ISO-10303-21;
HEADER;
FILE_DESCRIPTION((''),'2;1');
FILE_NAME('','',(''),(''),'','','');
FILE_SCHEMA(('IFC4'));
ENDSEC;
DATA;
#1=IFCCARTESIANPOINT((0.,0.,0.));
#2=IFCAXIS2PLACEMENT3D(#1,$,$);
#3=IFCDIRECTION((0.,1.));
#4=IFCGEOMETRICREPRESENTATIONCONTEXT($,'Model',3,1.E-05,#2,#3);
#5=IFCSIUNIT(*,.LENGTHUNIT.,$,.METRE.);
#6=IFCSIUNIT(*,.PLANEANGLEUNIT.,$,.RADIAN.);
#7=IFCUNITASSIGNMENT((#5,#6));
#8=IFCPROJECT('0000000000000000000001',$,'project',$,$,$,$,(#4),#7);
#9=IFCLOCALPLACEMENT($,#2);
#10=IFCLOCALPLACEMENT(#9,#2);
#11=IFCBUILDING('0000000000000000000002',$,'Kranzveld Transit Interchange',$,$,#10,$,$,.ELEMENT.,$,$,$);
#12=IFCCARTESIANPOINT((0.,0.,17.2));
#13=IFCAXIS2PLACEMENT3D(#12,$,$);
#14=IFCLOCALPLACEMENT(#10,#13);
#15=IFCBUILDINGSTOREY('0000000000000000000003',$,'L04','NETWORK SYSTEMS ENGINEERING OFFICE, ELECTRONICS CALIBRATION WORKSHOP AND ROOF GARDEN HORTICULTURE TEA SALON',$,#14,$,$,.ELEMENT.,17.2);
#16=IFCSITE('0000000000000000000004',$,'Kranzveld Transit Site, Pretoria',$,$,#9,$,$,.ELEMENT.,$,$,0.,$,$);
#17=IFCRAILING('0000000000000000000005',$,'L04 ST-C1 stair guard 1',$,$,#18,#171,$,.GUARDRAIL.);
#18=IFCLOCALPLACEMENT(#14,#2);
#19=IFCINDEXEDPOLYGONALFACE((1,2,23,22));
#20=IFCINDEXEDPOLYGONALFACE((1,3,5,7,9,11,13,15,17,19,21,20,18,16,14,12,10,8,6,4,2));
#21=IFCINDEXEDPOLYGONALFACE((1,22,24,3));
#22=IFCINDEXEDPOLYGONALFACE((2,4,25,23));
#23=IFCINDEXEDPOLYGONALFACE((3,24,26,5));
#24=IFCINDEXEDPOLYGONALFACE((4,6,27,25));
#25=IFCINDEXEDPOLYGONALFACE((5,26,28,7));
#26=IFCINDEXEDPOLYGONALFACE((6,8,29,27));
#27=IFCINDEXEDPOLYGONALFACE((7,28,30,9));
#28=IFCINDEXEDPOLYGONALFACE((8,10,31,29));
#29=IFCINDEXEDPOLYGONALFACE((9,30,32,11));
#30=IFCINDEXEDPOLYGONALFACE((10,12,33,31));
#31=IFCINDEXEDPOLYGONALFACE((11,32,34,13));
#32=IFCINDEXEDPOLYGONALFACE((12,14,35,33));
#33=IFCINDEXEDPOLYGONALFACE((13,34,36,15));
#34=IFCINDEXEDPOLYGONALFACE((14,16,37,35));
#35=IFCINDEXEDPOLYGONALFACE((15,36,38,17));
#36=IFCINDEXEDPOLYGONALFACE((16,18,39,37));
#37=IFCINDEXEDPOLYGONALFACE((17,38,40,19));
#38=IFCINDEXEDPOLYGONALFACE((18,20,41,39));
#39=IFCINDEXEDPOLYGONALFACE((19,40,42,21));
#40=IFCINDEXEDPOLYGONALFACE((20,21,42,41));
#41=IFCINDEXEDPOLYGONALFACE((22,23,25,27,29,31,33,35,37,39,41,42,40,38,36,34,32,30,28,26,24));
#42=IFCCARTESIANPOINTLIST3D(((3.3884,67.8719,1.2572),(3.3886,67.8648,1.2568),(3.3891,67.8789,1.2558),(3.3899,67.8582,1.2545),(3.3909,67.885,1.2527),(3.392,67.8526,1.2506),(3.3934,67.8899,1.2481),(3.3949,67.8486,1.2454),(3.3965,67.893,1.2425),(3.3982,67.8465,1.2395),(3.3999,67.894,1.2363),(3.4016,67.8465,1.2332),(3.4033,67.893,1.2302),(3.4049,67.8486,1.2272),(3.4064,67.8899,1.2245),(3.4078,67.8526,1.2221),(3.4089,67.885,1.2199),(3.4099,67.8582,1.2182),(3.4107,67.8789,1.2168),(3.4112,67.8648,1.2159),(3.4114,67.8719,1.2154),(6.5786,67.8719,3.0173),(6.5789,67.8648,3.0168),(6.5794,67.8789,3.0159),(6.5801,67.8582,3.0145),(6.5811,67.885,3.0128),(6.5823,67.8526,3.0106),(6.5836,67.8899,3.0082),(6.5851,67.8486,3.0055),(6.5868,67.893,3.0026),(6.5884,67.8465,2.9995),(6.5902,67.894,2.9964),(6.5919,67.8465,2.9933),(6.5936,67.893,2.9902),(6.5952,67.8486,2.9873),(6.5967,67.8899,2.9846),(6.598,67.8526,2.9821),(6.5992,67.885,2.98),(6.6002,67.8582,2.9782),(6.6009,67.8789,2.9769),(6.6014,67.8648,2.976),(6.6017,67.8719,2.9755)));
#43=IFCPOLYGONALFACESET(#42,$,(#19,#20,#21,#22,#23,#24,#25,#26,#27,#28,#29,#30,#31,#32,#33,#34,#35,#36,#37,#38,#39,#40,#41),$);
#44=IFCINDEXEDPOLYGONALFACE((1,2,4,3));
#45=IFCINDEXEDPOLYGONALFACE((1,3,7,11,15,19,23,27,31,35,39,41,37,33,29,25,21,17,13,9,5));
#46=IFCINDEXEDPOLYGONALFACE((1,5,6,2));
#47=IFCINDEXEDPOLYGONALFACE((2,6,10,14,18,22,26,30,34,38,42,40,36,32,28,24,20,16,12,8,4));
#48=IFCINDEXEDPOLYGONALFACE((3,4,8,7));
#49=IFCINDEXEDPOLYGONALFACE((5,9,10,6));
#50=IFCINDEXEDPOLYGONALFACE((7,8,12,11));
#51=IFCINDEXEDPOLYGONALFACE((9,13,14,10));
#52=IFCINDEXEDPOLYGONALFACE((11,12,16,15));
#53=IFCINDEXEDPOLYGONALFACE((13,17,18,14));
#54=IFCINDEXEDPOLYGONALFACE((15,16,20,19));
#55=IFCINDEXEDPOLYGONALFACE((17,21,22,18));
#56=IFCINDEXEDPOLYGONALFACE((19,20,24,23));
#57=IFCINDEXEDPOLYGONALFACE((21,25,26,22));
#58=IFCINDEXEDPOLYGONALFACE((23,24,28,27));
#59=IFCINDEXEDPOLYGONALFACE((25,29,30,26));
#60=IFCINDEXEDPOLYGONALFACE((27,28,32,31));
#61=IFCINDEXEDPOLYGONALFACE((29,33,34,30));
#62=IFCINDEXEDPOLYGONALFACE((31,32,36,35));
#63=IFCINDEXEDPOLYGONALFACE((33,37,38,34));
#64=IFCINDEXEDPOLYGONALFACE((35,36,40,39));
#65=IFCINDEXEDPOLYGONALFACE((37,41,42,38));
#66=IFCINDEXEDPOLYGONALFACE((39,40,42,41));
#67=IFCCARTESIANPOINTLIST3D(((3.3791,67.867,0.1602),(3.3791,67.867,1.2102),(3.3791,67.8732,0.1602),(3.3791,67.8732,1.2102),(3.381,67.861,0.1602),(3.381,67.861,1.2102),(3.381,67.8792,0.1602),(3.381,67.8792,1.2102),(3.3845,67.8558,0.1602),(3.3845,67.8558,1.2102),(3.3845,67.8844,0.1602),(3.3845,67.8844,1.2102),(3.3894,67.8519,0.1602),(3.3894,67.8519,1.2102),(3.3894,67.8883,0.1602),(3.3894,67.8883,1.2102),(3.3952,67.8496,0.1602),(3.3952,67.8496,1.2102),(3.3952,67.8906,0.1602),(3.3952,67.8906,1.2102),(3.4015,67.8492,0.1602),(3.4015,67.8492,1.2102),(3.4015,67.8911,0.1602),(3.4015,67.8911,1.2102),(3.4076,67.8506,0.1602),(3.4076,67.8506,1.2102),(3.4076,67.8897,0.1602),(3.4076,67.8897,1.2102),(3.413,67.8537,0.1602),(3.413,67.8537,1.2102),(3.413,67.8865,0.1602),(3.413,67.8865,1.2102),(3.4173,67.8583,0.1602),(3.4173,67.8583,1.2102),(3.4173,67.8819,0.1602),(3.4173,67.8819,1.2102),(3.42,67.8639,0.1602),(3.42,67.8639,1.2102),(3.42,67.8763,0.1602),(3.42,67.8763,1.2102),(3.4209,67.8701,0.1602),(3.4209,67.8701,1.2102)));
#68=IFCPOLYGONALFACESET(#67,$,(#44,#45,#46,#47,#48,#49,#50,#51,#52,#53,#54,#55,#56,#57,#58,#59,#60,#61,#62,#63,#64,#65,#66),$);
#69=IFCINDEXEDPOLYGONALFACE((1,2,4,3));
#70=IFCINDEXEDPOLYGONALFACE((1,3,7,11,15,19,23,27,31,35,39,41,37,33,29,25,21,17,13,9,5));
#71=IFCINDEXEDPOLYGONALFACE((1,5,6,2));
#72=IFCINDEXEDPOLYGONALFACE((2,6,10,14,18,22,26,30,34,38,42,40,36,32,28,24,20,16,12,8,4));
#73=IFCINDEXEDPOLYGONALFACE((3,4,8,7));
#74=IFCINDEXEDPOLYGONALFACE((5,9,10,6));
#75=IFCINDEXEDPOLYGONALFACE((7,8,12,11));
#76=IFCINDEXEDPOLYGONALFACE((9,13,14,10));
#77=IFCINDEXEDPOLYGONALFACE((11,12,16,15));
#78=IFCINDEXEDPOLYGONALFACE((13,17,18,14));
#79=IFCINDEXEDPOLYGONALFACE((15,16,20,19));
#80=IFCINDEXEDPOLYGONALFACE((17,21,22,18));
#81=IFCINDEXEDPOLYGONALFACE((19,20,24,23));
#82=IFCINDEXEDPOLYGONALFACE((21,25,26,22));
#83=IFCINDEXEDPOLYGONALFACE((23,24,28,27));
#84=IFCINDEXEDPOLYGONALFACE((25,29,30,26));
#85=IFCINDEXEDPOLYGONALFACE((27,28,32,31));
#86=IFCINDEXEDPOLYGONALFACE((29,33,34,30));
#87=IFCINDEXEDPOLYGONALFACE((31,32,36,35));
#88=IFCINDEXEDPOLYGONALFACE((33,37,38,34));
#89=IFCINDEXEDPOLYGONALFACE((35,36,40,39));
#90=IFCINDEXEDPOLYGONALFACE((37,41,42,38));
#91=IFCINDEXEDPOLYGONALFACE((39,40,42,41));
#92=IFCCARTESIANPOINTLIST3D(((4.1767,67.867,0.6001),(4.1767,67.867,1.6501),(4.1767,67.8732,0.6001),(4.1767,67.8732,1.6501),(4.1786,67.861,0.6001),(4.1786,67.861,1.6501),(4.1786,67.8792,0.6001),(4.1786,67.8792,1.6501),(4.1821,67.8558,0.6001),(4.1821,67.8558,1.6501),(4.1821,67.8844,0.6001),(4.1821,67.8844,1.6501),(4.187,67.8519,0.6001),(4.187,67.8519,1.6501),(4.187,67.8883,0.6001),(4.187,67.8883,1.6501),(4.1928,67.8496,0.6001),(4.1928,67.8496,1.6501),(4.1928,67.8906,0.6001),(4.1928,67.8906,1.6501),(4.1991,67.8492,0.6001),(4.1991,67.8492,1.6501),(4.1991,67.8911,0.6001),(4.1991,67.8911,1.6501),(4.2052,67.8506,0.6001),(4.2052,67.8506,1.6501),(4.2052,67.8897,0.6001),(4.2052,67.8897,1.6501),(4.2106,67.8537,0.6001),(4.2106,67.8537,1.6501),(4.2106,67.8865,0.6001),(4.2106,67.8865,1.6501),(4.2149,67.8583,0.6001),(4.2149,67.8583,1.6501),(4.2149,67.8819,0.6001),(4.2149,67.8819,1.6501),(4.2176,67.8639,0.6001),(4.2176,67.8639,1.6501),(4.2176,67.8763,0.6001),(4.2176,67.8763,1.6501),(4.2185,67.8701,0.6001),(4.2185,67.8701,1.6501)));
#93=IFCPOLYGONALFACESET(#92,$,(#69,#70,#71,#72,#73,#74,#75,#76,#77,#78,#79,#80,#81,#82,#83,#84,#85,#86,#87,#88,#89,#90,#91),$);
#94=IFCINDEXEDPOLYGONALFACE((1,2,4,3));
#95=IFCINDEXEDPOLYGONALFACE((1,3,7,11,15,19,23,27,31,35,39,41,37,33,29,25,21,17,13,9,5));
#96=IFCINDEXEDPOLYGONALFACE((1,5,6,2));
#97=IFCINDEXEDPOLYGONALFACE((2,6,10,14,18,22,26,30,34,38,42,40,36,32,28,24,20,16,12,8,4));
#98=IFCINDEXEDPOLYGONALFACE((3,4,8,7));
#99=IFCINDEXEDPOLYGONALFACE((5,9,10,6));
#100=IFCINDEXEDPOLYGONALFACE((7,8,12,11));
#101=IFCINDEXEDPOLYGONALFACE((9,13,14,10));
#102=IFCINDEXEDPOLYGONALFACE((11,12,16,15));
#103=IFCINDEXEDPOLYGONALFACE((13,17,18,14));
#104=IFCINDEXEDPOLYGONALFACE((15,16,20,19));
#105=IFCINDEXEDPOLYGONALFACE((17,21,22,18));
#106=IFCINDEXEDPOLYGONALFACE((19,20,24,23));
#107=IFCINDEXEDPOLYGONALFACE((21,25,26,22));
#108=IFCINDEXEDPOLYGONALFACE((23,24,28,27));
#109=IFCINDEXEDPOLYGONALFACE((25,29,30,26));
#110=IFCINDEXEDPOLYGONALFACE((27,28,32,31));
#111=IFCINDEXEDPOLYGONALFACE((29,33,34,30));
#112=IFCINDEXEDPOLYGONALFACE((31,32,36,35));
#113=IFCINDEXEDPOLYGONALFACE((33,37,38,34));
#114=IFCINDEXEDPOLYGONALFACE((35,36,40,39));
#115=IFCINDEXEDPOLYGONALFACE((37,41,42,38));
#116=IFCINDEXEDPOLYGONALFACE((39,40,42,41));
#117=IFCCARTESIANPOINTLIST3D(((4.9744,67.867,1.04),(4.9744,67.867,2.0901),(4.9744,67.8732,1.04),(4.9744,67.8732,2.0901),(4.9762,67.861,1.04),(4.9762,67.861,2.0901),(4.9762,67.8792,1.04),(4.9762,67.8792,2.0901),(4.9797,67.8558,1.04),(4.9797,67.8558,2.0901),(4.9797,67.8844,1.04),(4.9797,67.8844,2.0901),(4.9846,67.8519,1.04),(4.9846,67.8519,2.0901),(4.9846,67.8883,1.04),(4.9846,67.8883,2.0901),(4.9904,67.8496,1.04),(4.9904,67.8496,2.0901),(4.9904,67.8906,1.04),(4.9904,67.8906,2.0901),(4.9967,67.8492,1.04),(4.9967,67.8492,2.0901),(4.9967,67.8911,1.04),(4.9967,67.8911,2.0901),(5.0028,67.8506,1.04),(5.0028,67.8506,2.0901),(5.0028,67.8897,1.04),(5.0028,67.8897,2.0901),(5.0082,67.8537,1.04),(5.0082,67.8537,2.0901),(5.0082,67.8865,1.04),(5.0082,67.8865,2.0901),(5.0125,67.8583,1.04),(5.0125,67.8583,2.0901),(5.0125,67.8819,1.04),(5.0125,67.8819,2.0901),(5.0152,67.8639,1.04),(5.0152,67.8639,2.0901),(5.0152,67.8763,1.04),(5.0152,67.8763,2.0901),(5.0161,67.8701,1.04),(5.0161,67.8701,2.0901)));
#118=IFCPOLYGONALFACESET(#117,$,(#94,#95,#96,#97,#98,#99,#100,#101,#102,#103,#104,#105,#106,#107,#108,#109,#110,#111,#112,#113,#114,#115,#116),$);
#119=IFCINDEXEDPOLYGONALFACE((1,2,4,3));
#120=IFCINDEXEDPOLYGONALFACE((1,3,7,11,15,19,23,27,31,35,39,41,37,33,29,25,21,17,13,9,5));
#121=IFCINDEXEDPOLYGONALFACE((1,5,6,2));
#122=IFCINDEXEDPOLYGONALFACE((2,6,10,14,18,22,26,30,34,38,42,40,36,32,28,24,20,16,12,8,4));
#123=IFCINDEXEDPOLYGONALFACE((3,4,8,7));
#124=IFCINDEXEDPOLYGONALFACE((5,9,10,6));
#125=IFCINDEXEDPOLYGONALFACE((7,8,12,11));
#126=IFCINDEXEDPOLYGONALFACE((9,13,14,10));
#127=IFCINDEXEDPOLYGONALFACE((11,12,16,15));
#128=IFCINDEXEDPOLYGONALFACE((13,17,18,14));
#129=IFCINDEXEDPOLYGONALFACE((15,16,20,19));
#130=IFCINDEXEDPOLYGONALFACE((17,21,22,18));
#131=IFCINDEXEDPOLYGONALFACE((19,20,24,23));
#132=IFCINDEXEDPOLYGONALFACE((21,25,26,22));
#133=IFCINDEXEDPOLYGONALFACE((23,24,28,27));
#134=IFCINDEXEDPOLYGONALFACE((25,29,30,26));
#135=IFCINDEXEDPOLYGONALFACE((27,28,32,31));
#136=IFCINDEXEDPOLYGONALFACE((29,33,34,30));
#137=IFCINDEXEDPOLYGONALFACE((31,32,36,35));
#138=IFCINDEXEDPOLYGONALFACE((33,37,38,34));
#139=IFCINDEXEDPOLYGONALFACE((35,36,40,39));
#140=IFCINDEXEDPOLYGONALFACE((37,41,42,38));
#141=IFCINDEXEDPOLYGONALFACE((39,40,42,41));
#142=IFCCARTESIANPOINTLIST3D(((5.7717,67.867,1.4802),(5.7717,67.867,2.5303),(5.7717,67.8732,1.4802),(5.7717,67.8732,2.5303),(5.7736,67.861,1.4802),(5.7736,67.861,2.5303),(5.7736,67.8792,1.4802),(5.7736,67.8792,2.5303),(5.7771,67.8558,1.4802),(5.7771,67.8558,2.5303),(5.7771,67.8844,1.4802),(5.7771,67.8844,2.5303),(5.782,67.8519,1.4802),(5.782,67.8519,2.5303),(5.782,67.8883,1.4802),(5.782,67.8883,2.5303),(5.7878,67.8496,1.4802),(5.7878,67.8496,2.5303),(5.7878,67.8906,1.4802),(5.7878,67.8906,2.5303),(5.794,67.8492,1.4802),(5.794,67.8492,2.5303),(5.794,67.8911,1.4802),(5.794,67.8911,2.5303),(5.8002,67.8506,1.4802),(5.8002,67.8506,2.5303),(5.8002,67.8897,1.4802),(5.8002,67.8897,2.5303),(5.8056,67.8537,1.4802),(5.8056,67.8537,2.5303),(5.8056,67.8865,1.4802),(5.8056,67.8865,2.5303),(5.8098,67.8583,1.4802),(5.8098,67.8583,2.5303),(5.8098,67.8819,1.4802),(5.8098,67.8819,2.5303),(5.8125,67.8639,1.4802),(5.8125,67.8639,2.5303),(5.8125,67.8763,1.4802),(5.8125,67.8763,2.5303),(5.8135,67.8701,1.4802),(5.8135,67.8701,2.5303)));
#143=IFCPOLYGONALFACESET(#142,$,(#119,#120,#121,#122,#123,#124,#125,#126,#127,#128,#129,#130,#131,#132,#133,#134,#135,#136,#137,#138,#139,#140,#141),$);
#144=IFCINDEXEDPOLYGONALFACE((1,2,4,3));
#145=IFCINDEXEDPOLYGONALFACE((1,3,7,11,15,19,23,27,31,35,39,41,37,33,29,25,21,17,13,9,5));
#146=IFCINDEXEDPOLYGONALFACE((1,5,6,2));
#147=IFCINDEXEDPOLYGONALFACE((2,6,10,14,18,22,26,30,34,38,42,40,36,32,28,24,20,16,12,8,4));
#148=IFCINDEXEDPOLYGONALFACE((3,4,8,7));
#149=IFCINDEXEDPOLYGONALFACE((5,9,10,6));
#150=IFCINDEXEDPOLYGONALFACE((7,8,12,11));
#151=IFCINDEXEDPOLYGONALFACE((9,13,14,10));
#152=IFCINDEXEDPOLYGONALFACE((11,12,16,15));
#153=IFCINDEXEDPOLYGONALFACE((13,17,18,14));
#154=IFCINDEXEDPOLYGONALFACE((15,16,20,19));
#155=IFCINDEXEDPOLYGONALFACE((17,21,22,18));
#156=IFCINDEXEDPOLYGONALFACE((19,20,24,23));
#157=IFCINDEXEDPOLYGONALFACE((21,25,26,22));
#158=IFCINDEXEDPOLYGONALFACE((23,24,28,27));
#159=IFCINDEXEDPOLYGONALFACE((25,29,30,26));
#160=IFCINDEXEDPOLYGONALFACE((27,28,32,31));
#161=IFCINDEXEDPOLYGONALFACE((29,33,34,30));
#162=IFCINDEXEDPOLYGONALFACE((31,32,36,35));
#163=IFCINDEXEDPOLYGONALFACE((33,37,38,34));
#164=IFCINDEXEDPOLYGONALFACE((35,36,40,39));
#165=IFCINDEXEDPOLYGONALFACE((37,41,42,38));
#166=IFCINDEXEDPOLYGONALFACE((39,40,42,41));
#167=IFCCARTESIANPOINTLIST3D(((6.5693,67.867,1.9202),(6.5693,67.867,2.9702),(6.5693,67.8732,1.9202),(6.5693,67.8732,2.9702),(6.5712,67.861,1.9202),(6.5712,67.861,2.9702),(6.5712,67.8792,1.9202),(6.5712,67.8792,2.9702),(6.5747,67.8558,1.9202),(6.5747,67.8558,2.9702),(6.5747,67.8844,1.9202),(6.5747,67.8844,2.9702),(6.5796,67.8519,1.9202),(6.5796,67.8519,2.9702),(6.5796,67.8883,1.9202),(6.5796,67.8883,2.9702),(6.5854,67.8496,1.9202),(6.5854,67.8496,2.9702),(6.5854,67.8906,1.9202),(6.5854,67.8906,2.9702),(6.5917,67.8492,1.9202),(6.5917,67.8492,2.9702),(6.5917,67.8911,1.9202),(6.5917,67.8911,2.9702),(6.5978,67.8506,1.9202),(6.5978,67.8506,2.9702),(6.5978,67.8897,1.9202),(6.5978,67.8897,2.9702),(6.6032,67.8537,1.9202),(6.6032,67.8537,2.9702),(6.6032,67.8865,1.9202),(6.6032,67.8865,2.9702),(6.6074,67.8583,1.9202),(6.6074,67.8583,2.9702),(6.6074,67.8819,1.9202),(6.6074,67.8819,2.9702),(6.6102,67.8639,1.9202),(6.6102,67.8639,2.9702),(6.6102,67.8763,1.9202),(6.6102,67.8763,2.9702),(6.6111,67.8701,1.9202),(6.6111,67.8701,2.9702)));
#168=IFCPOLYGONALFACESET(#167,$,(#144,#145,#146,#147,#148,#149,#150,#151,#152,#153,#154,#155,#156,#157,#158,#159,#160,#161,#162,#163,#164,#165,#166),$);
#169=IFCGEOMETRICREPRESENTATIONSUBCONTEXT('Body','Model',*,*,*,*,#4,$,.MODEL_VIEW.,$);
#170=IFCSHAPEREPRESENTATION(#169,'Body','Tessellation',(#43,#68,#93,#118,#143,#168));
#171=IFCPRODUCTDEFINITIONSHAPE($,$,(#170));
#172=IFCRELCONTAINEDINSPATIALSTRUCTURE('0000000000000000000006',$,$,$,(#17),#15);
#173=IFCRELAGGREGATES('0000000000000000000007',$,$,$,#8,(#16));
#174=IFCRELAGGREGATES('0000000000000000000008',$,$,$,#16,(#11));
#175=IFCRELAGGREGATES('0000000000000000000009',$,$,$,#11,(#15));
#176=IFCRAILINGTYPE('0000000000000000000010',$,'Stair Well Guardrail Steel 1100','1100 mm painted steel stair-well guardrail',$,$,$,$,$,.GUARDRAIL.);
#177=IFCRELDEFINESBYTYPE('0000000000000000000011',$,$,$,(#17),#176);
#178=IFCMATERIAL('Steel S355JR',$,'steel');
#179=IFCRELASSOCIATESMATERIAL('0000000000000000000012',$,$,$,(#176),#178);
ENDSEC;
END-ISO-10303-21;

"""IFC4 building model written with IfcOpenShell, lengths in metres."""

from ifc_helpers import new_model, si_unit, direction, frame, origin, origin_2d, place, context, subcontext, project, spatial, circle, extrude, material, type_object, element, save


model = new_model("IFC4")

# Units and contexts
model_context = context("Model", 3, precision=1e-05, world=origin(), true_north=direction((0.0, 1.0)))
body_context = subcontext(model_context, "Body", "Model", "MODEL_VIEW")
ifc_project = project(units=[si_unit("LENGTHUNIT", "METRE"), si_unit("PLANEANGLEUNIT", "RADIAN")], contexts=[model_context])

# Site, building, storey
site_placement = place(None, origin())
site = spatial("IfcSite", under=ifc_project, at=site_placement, Name="Kranzveld Transit Site, Pretoria", CompositionType="ELEMENT", RefElevation=0.0)
building_placement = place(site_placement, origin())
building = spatial("IfcBuilding", under=site, at=building_placement, Name="Kranzveld Transit Interchange", CompositionType="ELEMENT")
storey_placement = place(building_placement, frame((0.0, 0.0, 17.2)))
storey = spatial("IfcBuildingStorey", under=building, at=storey_placement, Name="L04", Description="NETWORK SYSTEMS ENGINEERING OFFICE, ELECTRONICS CALIBRATION WORKSHOP AND ROOF GARDEN HORTICULTURE TEA SALON", CompositionType="ELEMENT", Elevation=17.2)

# Railing
ifc_material_1 = material(Name="Steel S355JR", Category="steel")
railing_type_1 = type_object("IfcRailingType", Name="Stair Well Guardrail Steel 1100", Description="1100 mm painted steel stair-well guardrail", PredefinedType="GUARDRAIL", material=ifc_material_1)
railing_1_placement = place(storey_placement, frame((3.3999, 67.8701, 0.1602)))
element("IfcRailing", 1, at=railing_1_placement, inside=storey, type_object=railing_type_1, Name="L04 ST-C1 stair guard 1", PredefinedType="GUARDRAIL", context=body_context, shape_type="SweptSolid", body=[
    extrude(circle(Radius=0.0239, at=origin_2d()), frame((0.0, 0.0, 1.0762), z_axis=(0.875588, 0.0, 0.483058), x_axis=(0.0, 1.0, 0.0)), (0.0, 0.0, 1.0), 3.6436),
    extrude(circle(Radius=0.021, at=origin_2d()), origin(), (0.0, 0.0, 1.0), 1.05),
    extrude(circle(Radius=0.021, at=origin_2d()), frame((0.7976, 0.0, 0.4399)), (0.0, 0.0, 1.0), 1.05),
    extrude(circle(Radius=0.021, at=origin_2d()), frame((1.5952, 0.0, 0.8799)), (0.0, 0.0, 1.0), 1.05),
    extrude(circle(Radius=0.021, at=origin_2d()), frame((2.3926, 0.0, 1.3201)), (0.0, 0.0, 1.0), 1.05),
    extrude(circle(Radius=0.021, at=origin_2d()), frame((3.1902, 0.0, 1.76)), (0.0, 0.0, 1.0), 1.05),
])

save(model, "model.ifc")
